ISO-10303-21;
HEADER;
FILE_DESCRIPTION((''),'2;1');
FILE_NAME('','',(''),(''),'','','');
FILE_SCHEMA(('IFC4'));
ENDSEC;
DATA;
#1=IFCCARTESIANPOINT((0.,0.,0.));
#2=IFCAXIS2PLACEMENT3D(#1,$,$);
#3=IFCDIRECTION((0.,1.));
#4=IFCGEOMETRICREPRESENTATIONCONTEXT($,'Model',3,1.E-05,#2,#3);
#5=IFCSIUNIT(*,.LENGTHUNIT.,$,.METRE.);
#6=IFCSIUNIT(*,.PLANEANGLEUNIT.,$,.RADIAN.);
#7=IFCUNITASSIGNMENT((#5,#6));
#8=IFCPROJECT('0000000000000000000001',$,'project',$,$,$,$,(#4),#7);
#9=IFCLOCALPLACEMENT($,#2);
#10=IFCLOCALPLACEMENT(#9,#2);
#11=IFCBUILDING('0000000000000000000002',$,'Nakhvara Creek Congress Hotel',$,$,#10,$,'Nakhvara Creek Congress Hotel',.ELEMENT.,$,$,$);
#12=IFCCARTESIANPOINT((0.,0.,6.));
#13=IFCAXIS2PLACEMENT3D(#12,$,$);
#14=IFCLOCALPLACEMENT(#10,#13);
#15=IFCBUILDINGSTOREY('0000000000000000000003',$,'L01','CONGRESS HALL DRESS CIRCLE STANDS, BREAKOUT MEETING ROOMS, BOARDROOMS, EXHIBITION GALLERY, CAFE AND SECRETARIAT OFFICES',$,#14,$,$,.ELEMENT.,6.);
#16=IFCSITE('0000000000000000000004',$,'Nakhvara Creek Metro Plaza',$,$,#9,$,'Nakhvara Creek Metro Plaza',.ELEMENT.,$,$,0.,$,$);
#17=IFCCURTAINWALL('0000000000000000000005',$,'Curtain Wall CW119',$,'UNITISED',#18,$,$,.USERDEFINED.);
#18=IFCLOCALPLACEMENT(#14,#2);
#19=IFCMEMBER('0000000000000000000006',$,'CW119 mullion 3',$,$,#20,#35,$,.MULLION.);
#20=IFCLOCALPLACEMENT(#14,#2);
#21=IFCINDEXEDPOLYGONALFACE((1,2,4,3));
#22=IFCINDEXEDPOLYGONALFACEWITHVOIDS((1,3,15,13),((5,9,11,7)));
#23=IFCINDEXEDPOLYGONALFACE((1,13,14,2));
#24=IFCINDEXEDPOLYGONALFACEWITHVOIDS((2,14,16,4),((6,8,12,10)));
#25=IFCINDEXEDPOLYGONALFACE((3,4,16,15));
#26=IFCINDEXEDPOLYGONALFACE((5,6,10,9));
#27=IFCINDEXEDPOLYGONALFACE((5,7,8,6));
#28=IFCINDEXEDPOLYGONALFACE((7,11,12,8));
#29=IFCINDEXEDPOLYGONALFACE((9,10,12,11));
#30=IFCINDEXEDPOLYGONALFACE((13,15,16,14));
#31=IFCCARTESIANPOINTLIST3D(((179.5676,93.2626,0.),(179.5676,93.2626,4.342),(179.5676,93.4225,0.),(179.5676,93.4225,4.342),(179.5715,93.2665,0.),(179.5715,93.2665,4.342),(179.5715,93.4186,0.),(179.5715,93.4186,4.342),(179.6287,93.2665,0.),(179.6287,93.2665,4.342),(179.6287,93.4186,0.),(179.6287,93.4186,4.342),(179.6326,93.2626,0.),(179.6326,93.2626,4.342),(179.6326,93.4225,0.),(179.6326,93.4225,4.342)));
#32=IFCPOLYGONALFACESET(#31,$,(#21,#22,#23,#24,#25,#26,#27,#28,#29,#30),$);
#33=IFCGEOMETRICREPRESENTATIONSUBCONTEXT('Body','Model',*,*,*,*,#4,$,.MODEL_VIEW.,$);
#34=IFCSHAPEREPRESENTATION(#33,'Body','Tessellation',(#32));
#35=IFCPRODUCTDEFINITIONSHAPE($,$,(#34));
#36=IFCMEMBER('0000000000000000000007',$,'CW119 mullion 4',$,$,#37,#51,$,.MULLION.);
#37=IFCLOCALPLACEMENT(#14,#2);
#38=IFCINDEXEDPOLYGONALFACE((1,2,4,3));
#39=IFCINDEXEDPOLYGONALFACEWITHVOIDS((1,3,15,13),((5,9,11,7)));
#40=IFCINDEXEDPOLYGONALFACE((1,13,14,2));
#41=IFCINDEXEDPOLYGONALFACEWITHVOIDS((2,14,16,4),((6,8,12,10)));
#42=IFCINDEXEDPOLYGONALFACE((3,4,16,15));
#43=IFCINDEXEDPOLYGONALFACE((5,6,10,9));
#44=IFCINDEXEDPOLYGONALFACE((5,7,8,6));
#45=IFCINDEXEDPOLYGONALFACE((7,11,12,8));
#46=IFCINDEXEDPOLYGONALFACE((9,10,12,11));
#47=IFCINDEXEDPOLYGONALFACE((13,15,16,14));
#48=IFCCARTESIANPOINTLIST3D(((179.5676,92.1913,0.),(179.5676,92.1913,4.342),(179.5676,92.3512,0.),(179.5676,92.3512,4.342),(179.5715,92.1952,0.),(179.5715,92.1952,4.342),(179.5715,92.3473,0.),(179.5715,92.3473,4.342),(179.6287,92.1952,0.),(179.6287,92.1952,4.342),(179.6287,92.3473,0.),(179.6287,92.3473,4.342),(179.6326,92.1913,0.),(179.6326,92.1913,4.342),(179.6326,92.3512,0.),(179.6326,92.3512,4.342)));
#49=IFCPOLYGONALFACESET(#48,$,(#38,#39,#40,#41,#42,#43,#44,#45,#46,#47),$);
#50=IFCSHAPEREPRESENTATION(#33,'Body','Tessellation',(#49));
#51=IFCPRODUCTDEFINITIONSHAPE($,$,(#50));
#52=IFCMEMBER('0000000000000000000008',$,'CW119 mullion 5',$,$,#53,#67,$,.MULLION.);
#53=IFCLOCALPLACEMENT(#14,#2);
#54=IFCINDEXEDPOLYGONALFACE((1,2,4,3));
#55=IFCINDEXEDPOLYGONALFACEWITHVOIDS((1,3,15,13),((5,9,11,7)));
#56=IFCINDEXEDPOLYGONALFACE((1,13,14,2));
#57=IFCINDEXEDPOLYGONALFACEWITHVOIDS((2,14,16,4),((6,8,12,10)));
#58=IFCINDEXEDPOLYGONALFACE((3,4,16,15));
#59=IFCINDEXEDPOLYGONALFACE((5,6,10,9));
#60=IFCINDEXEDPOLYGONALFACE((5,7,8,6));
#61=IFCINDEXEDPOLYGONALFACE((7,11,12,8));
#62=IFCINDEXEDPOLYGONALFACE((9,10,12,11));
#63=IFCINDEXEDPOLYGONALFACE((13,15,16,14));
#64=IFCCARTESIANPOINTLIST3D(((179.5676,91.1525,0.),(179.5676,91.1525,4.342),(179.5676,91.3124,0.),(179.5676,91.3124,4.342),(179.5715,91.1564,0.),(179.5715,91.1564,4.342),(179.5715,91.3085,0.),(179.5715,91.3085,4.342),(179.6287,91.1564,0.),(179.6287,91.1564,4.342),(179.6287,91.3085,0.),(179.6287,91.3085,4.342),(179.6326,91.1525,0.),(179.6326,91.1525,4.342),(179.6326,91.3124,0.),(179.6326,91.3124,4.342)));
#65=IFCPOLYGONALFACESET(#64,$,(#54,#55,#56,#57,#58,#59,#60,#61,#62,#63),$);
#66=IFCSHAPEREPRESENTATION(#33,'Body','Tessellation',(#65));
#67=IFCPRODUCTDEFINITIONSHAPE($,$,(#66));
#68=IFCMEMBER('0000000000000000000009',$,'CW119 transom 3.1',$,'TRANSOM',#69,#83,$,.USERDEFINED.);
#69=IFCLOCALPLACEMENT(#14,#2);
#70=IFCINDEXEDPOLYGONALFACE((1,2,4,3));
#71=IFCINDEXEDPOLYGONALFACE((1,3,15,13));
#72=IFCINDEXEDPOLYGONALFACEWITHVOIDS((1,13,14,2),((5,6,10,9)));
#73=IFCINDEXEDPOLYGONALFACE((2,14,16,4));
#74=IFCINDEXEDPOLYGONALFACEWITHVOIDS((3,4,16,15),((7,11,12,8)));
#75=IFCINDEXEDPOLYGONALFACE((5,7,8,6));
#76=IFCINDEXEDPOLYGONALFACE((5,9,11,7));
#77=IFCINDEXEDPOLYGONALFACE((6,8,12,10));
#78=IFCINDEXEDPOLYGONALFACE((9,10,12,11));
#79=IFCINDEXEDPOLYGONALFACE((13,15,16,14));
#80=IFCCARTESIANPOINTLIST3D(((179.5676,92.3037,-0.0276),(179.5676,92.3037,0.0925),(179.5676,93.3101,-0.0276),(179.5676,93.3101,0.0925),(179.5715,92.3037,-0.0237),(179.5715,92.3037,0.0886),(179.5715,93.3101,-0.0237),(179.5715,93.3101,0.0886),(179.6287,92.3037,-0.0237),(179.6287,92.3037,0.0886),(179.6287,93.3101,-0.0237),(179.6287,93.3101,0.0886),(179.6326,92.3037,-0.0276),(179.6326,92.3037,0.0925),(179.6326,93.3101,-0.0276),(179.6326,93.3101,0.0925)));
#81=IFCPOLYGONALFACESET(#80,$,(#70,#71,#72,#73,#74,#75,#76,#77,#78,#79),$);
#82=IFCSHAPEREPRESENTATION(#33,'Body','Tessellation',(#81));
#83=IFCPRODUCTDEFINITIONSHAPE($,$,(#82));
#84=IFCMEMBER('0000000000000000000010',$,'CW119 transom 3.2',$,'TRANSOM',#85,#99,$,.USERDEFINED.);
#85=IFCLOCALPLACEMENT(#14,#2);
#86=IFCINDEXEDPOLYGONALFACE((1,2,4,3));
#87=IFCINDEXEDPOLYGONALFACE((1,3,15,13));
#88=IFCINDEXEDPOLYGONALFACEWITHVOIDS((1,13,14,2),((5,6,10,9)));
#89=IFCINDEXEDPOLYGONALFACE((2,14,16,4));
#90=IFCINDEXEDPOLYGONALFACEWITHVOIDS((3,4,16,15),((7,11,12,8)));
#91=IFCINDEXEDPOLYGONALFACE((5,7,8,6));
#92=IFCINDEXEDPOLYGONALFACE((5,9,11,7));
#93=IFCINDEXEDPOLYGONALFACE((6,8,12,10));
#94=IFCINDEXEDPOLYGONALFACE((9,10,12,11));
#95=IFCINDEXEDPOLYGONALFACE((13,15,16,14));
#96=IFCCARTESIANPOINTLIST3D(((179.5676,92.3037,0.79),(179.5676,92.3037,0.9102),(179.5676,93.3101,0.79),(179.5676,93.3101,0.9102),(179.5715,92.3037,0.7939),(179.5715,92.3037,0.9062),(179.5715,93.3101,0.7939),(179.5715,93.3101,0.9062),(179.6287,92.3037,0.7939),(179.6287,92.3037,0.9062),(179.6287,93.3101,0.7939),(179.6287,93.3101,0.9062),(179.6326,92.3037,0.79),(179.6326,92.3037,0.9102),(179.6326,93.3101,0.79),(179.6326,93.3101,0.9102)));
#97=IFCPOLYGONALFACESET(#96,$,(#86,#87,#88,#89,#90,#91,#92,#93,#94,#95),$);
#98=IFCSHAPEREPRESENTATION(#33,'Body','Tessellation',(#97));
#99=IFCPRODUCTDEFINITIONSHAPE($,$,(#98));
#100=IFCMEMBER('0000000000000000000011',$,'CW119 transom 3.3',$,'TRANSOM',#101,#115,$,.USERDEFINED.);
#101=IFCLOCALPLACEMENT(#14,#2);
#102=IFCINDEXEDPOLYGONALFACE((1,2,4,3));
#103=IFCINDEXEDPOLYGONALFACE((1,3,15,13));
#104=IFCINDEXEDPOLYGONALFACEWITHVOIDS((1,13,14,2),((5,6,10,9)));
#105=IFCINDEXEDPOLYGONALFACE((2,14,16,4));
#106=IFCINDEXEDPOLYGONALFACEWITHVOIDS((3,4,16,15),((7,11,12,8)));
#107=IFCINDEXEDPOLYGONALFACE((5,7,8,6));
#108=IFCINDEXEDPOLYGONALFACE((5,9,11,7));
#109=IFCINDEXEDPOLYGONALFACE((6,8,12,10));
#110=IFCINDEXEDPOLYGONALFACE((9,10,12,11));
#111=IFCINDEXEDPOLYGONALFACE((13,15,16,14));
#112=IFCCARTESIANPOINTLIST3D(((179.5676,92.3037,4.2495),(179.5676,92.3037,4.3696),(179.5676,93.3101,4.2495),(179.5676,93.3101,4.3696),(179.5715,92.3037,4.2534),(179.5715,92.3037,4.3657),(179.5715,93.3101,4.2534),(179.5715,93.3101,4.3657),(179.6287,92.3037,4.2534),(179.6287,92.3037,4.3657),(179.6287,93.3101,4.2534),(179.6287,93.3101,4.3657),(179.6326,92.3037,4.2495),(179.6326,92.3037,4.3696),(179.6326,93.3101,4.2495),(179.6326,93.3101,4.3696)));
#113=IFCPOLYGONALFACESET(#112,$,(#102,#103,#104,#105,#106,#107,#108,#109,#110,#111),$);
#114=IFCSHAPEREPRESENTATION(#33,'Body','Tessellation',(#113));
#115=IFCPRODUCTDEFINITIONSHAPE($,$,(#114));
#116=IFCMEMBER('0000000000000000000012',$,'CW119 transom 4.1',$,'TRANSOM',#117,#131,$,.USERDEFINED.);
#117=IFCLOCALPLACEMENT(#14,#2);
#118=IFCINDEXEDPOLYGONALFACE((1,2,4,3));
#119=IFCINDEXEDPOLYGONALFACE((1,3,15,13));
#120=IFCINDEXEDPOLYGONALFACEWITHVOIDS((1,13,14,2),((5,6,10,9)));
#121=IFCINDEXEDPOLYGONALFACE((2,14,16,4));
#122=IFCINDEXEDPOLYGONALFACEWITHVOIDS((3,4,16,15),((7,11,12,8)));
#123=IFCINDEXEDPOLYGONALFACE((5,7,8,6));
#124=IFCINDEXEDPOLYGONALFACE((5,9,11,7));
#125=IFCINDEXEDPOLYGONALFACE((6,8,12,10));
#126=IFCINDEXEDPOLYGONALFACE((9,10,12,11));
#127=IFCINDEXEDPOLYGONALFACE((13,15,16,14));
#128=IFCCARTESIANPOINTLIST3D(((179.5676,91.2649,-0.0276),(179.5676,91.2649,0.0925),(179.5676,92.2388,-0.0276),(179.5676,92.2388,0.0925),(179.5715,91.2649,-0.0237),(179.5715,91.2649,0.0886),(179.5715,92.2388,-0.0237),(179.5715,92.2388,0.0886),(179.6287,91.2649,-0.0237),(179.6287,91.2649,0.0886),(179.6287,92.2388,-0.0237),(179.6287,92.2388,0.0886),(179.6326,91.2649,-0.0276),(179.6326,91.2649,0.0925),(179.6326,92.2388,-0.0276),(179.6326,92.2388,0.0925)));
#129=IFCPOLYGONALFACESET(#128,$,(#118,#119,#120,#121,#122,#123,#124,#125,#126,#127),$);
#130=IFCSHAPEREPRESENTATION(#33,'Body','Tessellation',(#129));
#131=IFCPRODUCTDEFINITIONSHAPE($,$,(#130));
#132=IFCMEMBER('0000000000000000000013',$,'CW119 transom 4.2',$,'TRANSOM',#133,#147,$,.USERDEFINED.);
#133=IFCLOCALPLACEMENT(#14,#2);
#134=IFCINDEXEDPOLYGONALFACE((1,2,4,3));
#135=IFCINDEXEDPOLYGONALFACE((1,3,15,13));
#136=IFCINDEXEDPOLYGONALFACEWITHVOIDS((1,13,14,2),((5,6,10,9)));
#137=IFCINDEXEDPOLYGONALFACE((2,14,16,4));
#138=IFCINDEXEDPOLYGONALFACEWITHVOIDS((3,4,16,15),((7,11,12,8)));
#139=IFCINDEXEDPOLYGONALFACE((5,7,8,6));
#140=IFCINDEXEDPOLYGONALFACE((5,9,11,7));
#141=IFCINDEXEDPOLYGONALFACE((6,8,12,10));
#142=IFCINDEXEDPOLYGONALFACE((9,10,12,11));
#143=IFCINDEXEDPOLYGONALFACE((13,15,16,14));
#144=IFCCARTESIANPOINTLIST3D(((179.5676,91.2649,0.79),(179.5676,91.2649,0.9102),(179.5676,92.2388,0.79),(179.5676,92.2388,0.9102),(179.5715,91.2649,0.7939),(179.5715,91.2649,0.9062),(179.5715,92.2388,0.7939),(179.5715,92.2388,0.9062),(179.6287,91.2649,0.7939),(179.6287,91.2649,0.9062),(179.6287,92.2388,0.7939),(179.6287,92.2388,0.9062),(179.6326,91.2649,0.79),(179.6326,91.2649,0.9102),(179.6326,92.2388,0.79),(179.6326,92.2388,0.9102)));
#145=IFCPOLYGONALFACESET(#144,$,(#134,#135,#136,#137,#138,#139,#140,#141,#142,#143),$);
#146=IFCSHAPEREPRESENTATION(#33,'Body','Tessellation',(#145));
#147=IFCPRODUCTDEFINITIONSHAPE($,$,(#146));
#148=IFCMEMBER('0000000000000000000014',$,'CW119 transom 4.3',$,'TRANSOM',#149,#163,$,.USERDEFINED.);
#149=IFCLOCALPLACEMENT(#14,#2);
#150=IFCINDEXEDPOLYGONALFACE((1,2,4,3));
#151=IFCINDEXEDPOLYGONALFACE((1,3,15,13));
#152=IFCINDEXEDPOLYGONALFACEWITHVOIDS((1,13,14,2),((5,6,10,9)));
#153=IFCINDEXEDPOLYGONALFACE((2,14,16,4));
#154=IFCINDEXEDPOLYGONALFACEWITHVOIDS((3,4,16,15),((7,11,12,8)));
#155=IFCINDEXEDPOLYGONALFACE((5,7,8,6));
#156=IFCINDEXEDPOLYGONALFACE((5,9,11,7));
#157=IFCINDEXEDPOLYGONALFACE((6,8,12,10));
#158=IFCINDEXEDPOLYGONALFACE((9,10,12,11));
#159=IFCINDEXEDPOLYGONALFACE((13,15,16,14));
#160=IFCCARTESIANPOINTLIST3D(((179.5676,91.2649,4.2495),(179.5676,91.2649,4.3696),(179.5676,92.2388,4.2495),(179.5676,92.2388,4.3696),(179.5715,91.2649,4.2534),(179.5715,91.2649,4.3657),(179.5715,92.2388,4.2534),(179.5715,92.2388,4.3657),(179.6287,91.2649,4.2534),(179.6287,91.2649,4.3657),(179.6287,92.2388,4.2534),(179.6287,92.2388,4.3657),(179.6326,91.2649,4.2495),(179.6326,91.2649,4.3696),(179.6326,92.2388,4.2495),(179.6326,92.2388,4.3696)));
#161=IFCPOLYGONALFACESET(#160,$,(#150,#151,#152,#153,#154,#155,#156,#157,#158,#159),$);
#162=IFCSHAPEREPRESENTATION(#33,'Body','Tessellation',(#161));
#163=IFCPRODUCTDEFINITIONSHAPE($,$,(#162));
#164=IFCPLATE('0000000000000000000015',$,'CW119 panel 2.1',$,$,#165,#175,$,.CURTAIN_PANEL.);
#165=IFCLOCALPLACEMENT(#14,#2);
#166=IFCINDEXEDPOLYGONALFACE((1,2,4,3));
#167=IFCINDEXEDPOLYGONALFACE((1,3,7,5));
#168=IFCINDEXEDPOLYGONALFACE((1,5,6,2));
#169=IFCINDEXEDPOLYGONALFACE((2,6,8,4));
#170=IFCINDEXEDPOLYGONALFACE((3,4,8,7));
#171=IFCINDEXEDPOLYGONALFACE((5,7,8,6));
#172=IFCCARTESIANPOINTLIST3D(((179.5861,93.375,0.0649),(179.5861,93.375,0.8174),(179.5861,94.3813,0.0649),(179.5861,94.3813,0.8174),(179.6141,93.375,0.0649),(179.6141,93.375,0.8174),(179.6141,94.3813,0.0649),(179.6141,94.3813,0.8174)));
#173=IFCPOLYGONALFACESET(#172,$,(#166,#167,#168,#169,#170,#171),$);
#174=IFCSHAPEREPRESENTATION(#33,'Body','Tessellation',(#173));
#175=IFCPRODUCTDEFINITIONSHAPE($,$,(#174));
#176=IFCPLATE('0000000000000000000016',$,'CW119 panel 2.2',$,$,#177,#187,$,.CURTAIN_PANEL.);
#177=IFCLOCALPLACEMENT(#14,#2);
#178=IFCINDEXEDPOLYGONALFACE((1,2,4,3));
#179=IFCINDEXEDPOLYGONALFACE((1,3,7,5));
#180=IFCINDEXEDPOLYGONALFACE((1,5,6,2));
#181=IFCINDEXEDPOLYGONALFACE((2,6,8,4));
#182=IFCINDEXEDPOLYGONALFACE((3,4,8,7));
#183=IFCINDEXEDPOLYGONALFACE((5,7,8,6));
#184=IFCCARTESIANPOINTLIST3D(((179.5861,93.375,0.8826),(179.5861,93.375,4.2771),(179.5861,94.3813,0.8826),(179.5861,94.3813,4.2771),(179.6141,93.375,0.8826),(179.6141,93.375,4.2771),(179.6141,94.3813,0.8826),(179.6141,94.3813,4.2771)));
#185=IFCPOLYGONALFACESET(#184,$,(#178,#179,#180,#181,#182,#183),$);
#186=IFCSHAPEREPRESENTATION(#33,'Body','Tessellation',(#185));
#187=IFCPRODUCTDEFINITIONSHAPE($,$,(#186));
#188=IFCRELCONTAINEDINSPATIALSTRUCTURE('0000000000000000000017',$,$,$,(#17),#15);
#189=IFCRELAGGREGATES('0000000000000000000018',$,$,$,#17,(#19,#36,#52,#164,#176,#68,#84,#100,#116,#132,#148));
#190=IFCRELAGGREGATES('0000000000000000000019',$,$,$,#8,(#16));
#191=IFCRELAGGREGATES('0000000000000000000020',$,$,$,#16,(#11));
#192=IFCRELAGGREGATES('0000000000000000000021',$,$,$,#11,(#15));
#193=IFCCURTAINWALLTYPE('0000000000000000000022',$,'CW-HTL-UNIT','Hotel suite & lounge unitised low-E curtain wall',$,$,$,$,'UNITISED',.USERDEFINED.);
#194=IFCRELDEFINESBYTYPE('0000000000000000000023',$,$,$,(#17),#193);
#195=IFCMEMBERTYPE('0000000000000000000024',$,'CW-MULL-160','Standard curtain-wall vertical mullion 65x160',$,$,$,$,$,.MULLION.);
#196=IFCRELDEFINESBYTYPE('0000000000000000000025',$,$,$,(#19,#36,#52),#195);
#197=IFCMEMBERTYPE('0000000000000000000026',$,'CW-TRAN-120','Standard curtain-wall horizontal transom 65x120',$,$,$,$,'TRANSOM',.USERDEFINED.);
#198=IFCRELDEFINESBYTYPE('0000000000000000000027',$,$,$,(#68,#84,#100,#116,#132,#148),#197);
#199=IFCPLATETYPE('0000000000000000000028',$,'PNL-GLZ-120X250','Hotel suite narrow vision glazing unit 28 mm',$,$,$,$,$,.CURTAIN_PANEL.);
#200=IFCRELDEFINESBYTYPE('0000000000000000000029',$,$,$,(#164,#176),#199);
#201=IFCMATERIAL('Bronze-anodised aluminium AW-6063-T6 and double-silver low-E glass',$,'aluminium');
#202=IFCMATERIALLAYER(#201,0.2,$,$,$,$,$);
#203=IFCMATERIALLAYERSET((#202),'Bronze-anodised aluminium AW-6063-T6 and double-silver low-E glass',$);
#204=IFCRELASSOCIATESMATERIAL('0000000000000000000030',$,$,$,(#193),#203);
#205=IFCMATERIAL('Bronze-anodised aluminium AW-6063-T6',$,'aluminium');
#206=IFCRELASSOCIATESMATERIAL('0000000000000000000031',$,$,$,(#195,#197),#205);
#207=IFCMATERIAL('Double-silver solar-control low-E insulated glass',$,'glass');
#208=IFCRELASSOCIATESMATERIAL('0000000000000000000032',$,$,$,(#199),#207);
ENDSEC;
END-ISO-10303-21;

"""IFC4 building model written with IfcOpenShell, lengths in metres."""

from ifc_helpers import new_model, si_unit, direction, frame, origin, origin_2d, place, context, subcontext, project, spatial, rectangle, hollow_rectangle, extrude, material, layer, layer_set, material_profile, profile_set, type_object, element, aggregate, save


model = new_model("IFC4")

# Units and contexts
model_context = context("Model", 3, precision=1e-05, world=origin(), true_north=direction((0.0, 1.0)))
body_context = subcontext(model_context, "Body", "Model", "MODEL_VIEW")
ifc_project = project(units=[si_unit("LENGTHUNIT", "METRE"), si_unit("PLANEANGLEUNIT", "RADIAN")], contexts=[model_context])

# Site, building, storey
site_placement = place(None, origin())
site = spatial("IfcSite", under=ifc_project, at=site_placement, Name="Nakhvara Creek Metro Plaza", LongName="Nakhvara Creek Metro Plaza", CompositionType="ELEMENT", RefElevation=0.0)
building_placement = place(site_placement, origin())
building = spatial("IfcBuilding", under=site, at=building_placement, Name="Nakhvara Creek Congress Hotel", LongName="Nakhvara Creek Congress Hotel", CompositionType="ELEMENT")
storey_placement = place(building_placement, frame((0.0, 0.0, 6.0)))
storey = spatial("IfcBuildingStorey", under=building, at=storey_placement, Name="L01", Description="CONGRESS HALL DRESS CIRCLE STANDS, BREAKOUT MEETING ROOMS, BOARDROOMS, EXHIBITION GALLERY, CAFE AND SECRETARIAT OFFICES", CompositionType="ELEMENT", Elevation=6.0)

# Curtain wall, members, plates
ifc_material_1 = material(Name="Bronze-anodised aluminium AW-6063-T6 and double-silver low-E glass", Category="aluminium")
ifc_layer_1 = layer(ifc_material_1, 0.2)
ifc_layer_set_1 = layer_set([ifc_layer_1], Name="Bronze-anodised aluminium AW-6063-T6 and double-silver low-E glass")
curtain_wall_type = type_object("IfcCurtainWallType", Name="CW-HTL-UNIT", Description="Hotel suite & lounge unitised low-E curtain wall", ElementType="UNITISED", PredefinedType="USERDEFINED", material=ifc_layer_set_1)
curtain_wall_placement = place(storey_placement, origin())
curtain_wall = element("IfcCurtainWall", 1, at=curtain_wall_placement, inside=storey, type_object=curtain_wall_type, Name="Curtain Wall CW119", ObjectType="UNITISED", PredefinedType="USERDEFINED")
ifc_material_2 = material(Name="Bronze-anodised aluminium AW-6063-T6", Category="aluminium")
ifc_material_profile_1 = material_profile(ifc_material_2, hollow_rectangle(XDim=0.0649, YDim=0.1599, WallThickness=0.0039, at=origin_2d()), Name="ALU-MULL 65x160x4", Category="LoadBearing")
ifc_profile_set_1 = profile_set([ifc_material_profile_1], Name="Bronze-anodised aluminium AW-6063-T6")
member_type_1 = type_object("IfcMemberType", Name="CW-MULL-160", Description="Standard curtain-wall vertical mullion 65x160", PredefinedType="MULLION", material=ifc_profile_set_1)
member_1_placement = place(storey_placement, frame((179.6001, 93.3425, 0.0), z_axis=(0.0, 0.0, 1.0), x_axis=(1.0, 0.0, 0.0)))
member_1 = element("IfcMember", 2, at=member_1_placement, type_object=member_type_1, Name="CW119 mullion 3", PredefinedType="MULLION", context=body_context, shape_type="SweptSolid", body=[
    extrude(hollow_rectangle(XDim=0.0649, YDim=0.1599, WallThickness=0.0039, at=origin_2d()), origin(), (0.0, 0.0, 1.0), 4.342),
])
member_2_placement = place(storey_placement, frame((179.6001, 92.2712, 0.0), z_axis=(0.0, 0.0, 1.0), x_axis=(1.0, 0.0, 0.0)))
member_2 = element("IfcMember", 3, at=member_2_placement, type_object=member_type_1, Name="CW119 mullion 4", PredefinedType="MULLION", context=body_context, shape_type="SweptSolid", body=[
    extrude(hollow_rectangle(XDim=0.0649, YDim=0.1599, WallThickness=0.0039, at=origin_2d()), origin(), (0.0, 0.0, 1.0), 4.342),
])
member_3_placement = place(storey_placement, frame((179.6001, 91.2324, 0.0), z_axis=(0.0, 0.0, 1.0), x_axis=(1.0, 0.0, 0.0)))
member_3 = element("IfcMember", 4, at=member_3_placement, type_object=member_type_1, Name="CW119 mullion 5", PredefinedType="MULLION", context=body_context, shape_type="SweptSolid", body=[
    extrude(hollow_rectangle(XDim=0.0649, YDim=0.1599, WallThickness=0.0039, at=origin_2d()), origin(), (0.0, 0.0, 1.0), 4.342),
])
ifc_material_profile_2 = material_profile(ifc_material_2, hollow_rectangle(XDim=0.0649, YDim=0.1201, WallThickness=0.0039, at=origin_2d()), Name="ALU-TRAN 65x120x4", Category="LoadBearing")
ifc_profile_set_2 = profile_set([ifc_material_profile_2], Name="Bronze-anodised aluminium AW-6063-T6")
member_type_2 = type_object("IfcMemberType", Name="CW-TRAN-120", Description="Standard curtain-wall horizontal transom 65x120", ElementType="TRANSOM", PredefinedType="USERDEFINED", material=ifc_profile_set_2)
member_4_placement = place(storey_placement, frame((179.6001, 93.3101, 0.0325), z_axis=(0.0, -1.0, 0.0), x_axis=(1.0, 0.0, 0.0)))
member_4 = element("IfcMember", 5, at=member_4_placement, type_object=member_type_2, Name="CW119 transom 3.1", ObjectType="TRANSOM", PredefinedType="USERDEFINED", context=body_context, shape_type="SweptSolid", body=[
    extrude(hollow_rectangle(XDim=0.0649, YDim=0.1201, WallThickness=0.0039, at=origin_2d()), origin(), (0.0, 0.0, 1.0), 1.0063),
])
member_5_placement = place(storey_placement, frame((179.6001, 93.3101, 0.8501), z_axis=(0.0, -1.0, 0.0), x_axis=(1.0, 0.0, 0.0)))
member_5 = element("IfcMember", 6, at=member_5_placement, type_object=member_type_2, Name="CW119 transom 3.2", ObjectType="TRANSOM", PredefinedType="USERDEFINED", context=body_context, shape_type="SweptSolid", body=[
    extrude(hollow_rectangle(XDim=0.0649, YDim=0.1201, WallThickness=0.0039, at=origin_2d()), origin(), (0.0, 0.0, 1.0), 1.0063),
])
member_6_placement = place(storey_placement, frame((179.6001, 93.3101, 4.3096), z_axis=(0.0, -1.0, 0.0), x_axis=(1.0, 0.0, 0.0)))
member_6 = element("IfcMember", 7, at=member_6_placement, type_object=member_type_2, Name="CW119 transom 3.3", ObjectType="TRANSOM", PredefinedType="USERDEFINED", context=body_context, shape_type="SweptSolid", body=[
    extrude(hollow_rectangle(XDim=0.0649, YDim=0.1201, WallThickness=0.0039, at=origin_2d()), origin(), (0.0, 0.0, 1.0), 1.0063),
])
member_7_placement = place(storey_placement, frame((179.6001, 92.2388, 0.0325), z_axis=(0.0, -1.0, 0.0), x_axis=(1.0, 0.0, 0.0)))
member_7 = element("IfcMember", 8, at=member_7_placement, type_object=member_type_2, Name="CW119 transom 4.1", ObjectType="TRANSOM", PredefinedType="USERDEFINED", context=body_context, shape_type="SweptSolid", body=[
    extrude(hollow_rectangle(XDim=0.0649, YDim=0.1201, WallThickness=0.0039, at=origin_2d()), origin(), (0.0, 0.0, 1.0), 0.9739),
])
member_8_placement = place(storey_placement, frame((179.6001, 92.2388, 0.8501), z_axis=(0.0, -1.0, 0.0), x_axis=(1.0, 0.0, 0.0)))
member_8 = element("IfcMember", 9, at=member_8_placement, type_object=member_type_2, Name="CW119 transom 4.2", ObjectType="TRANSOM", PredefinedType="USERDEFINED", context=body_context, shape_type="SweptSolid", body=[
    extrude(hollow_rectangle(XDim=0.0649, YDim=0.1201, WallThickness=0.0039, at=origin_2d()), origin(), (0.0, 0.0, 1.0), 0.9739),
])
member_9_placement = place(storey_placement, frame((179.6001, 92.2388, 4.3096), z_axis=(0.0, -1.0, 0.0), x_axis=(1.0, 0.0, 0.0)))
member_9 = element("IfcMember", 10, at=member_9_placement, type_object=member_type_2, Name="CW119 transom 4.3", ObjectType="TRANSOM", PredefinedType="USERDEFINED", context=body_context, shape_type="SweptSolid", body=[
    extrude(hollow_rectangle(XDim=0.0649, YDim=0.1201, WallThickness=0.0039, at=origin_2d()), origin(), (0.0, 0.0, 1.0), 0.9739),
])
ifc_material_3 = material(Name="Double-silver solar-control low-E insulated glass", Category="glass")
plate_type = type_object("IfcPlateType", Name="PNL-GLZ-120X250", Description="Hotel suite narrow vision glazing unit 28 mm", PredefinedType="CURTAIN_PANEL", material=ifc_material_3)
plate_1_placement = place(storey_placement, frame((179.6001, 93.8782, 0.0649), z_axis=(0.0, 0.0, 1.0), x_axis=(0.0, -1.0, 0.0)))
plate_1 = element("IfcPlate", 11, at=plate_1_placement, type_object=plate_type, Name="CW119 panel 2.1", PredefinedType="CURTAIN_PANEL", context=body_context, shape_type="SweptSolid", body=[
    extrude(rectangle(XDim=1.0063, YDim=0.0281, at=origin_2d()), origin(), (0.0, 0.0, 1.0), 0.7524),
])
plate_2_placement = place(storey_placement, frame((179.6001, 93.8782, 0.8826), z_axis=(0.0, 0.0, 1.0), x_axis=(0.0, -1.0, 0.0)))
plate_2 = element("IfcPlate", 12, at=plate_2_placement, type_object=plate_type, Name="CW119 panel 2.2", PredefinedType="CURTAIN_PANEL", context=body_context, shape_type="SweptSolid", body=[
    extrude(rectangle(XDim=1.0063, YDim=0.0281, at=origin_2d()), origin(), (0.0, 0.0, 1.0), 3.3945),
])
aggregate(curtain_wall, [member_1, member_2, member_3, plate_1, plate_2, member_4, member_5, member_6, member_7, member_8, member_9])

save(model, "model.ifc")
